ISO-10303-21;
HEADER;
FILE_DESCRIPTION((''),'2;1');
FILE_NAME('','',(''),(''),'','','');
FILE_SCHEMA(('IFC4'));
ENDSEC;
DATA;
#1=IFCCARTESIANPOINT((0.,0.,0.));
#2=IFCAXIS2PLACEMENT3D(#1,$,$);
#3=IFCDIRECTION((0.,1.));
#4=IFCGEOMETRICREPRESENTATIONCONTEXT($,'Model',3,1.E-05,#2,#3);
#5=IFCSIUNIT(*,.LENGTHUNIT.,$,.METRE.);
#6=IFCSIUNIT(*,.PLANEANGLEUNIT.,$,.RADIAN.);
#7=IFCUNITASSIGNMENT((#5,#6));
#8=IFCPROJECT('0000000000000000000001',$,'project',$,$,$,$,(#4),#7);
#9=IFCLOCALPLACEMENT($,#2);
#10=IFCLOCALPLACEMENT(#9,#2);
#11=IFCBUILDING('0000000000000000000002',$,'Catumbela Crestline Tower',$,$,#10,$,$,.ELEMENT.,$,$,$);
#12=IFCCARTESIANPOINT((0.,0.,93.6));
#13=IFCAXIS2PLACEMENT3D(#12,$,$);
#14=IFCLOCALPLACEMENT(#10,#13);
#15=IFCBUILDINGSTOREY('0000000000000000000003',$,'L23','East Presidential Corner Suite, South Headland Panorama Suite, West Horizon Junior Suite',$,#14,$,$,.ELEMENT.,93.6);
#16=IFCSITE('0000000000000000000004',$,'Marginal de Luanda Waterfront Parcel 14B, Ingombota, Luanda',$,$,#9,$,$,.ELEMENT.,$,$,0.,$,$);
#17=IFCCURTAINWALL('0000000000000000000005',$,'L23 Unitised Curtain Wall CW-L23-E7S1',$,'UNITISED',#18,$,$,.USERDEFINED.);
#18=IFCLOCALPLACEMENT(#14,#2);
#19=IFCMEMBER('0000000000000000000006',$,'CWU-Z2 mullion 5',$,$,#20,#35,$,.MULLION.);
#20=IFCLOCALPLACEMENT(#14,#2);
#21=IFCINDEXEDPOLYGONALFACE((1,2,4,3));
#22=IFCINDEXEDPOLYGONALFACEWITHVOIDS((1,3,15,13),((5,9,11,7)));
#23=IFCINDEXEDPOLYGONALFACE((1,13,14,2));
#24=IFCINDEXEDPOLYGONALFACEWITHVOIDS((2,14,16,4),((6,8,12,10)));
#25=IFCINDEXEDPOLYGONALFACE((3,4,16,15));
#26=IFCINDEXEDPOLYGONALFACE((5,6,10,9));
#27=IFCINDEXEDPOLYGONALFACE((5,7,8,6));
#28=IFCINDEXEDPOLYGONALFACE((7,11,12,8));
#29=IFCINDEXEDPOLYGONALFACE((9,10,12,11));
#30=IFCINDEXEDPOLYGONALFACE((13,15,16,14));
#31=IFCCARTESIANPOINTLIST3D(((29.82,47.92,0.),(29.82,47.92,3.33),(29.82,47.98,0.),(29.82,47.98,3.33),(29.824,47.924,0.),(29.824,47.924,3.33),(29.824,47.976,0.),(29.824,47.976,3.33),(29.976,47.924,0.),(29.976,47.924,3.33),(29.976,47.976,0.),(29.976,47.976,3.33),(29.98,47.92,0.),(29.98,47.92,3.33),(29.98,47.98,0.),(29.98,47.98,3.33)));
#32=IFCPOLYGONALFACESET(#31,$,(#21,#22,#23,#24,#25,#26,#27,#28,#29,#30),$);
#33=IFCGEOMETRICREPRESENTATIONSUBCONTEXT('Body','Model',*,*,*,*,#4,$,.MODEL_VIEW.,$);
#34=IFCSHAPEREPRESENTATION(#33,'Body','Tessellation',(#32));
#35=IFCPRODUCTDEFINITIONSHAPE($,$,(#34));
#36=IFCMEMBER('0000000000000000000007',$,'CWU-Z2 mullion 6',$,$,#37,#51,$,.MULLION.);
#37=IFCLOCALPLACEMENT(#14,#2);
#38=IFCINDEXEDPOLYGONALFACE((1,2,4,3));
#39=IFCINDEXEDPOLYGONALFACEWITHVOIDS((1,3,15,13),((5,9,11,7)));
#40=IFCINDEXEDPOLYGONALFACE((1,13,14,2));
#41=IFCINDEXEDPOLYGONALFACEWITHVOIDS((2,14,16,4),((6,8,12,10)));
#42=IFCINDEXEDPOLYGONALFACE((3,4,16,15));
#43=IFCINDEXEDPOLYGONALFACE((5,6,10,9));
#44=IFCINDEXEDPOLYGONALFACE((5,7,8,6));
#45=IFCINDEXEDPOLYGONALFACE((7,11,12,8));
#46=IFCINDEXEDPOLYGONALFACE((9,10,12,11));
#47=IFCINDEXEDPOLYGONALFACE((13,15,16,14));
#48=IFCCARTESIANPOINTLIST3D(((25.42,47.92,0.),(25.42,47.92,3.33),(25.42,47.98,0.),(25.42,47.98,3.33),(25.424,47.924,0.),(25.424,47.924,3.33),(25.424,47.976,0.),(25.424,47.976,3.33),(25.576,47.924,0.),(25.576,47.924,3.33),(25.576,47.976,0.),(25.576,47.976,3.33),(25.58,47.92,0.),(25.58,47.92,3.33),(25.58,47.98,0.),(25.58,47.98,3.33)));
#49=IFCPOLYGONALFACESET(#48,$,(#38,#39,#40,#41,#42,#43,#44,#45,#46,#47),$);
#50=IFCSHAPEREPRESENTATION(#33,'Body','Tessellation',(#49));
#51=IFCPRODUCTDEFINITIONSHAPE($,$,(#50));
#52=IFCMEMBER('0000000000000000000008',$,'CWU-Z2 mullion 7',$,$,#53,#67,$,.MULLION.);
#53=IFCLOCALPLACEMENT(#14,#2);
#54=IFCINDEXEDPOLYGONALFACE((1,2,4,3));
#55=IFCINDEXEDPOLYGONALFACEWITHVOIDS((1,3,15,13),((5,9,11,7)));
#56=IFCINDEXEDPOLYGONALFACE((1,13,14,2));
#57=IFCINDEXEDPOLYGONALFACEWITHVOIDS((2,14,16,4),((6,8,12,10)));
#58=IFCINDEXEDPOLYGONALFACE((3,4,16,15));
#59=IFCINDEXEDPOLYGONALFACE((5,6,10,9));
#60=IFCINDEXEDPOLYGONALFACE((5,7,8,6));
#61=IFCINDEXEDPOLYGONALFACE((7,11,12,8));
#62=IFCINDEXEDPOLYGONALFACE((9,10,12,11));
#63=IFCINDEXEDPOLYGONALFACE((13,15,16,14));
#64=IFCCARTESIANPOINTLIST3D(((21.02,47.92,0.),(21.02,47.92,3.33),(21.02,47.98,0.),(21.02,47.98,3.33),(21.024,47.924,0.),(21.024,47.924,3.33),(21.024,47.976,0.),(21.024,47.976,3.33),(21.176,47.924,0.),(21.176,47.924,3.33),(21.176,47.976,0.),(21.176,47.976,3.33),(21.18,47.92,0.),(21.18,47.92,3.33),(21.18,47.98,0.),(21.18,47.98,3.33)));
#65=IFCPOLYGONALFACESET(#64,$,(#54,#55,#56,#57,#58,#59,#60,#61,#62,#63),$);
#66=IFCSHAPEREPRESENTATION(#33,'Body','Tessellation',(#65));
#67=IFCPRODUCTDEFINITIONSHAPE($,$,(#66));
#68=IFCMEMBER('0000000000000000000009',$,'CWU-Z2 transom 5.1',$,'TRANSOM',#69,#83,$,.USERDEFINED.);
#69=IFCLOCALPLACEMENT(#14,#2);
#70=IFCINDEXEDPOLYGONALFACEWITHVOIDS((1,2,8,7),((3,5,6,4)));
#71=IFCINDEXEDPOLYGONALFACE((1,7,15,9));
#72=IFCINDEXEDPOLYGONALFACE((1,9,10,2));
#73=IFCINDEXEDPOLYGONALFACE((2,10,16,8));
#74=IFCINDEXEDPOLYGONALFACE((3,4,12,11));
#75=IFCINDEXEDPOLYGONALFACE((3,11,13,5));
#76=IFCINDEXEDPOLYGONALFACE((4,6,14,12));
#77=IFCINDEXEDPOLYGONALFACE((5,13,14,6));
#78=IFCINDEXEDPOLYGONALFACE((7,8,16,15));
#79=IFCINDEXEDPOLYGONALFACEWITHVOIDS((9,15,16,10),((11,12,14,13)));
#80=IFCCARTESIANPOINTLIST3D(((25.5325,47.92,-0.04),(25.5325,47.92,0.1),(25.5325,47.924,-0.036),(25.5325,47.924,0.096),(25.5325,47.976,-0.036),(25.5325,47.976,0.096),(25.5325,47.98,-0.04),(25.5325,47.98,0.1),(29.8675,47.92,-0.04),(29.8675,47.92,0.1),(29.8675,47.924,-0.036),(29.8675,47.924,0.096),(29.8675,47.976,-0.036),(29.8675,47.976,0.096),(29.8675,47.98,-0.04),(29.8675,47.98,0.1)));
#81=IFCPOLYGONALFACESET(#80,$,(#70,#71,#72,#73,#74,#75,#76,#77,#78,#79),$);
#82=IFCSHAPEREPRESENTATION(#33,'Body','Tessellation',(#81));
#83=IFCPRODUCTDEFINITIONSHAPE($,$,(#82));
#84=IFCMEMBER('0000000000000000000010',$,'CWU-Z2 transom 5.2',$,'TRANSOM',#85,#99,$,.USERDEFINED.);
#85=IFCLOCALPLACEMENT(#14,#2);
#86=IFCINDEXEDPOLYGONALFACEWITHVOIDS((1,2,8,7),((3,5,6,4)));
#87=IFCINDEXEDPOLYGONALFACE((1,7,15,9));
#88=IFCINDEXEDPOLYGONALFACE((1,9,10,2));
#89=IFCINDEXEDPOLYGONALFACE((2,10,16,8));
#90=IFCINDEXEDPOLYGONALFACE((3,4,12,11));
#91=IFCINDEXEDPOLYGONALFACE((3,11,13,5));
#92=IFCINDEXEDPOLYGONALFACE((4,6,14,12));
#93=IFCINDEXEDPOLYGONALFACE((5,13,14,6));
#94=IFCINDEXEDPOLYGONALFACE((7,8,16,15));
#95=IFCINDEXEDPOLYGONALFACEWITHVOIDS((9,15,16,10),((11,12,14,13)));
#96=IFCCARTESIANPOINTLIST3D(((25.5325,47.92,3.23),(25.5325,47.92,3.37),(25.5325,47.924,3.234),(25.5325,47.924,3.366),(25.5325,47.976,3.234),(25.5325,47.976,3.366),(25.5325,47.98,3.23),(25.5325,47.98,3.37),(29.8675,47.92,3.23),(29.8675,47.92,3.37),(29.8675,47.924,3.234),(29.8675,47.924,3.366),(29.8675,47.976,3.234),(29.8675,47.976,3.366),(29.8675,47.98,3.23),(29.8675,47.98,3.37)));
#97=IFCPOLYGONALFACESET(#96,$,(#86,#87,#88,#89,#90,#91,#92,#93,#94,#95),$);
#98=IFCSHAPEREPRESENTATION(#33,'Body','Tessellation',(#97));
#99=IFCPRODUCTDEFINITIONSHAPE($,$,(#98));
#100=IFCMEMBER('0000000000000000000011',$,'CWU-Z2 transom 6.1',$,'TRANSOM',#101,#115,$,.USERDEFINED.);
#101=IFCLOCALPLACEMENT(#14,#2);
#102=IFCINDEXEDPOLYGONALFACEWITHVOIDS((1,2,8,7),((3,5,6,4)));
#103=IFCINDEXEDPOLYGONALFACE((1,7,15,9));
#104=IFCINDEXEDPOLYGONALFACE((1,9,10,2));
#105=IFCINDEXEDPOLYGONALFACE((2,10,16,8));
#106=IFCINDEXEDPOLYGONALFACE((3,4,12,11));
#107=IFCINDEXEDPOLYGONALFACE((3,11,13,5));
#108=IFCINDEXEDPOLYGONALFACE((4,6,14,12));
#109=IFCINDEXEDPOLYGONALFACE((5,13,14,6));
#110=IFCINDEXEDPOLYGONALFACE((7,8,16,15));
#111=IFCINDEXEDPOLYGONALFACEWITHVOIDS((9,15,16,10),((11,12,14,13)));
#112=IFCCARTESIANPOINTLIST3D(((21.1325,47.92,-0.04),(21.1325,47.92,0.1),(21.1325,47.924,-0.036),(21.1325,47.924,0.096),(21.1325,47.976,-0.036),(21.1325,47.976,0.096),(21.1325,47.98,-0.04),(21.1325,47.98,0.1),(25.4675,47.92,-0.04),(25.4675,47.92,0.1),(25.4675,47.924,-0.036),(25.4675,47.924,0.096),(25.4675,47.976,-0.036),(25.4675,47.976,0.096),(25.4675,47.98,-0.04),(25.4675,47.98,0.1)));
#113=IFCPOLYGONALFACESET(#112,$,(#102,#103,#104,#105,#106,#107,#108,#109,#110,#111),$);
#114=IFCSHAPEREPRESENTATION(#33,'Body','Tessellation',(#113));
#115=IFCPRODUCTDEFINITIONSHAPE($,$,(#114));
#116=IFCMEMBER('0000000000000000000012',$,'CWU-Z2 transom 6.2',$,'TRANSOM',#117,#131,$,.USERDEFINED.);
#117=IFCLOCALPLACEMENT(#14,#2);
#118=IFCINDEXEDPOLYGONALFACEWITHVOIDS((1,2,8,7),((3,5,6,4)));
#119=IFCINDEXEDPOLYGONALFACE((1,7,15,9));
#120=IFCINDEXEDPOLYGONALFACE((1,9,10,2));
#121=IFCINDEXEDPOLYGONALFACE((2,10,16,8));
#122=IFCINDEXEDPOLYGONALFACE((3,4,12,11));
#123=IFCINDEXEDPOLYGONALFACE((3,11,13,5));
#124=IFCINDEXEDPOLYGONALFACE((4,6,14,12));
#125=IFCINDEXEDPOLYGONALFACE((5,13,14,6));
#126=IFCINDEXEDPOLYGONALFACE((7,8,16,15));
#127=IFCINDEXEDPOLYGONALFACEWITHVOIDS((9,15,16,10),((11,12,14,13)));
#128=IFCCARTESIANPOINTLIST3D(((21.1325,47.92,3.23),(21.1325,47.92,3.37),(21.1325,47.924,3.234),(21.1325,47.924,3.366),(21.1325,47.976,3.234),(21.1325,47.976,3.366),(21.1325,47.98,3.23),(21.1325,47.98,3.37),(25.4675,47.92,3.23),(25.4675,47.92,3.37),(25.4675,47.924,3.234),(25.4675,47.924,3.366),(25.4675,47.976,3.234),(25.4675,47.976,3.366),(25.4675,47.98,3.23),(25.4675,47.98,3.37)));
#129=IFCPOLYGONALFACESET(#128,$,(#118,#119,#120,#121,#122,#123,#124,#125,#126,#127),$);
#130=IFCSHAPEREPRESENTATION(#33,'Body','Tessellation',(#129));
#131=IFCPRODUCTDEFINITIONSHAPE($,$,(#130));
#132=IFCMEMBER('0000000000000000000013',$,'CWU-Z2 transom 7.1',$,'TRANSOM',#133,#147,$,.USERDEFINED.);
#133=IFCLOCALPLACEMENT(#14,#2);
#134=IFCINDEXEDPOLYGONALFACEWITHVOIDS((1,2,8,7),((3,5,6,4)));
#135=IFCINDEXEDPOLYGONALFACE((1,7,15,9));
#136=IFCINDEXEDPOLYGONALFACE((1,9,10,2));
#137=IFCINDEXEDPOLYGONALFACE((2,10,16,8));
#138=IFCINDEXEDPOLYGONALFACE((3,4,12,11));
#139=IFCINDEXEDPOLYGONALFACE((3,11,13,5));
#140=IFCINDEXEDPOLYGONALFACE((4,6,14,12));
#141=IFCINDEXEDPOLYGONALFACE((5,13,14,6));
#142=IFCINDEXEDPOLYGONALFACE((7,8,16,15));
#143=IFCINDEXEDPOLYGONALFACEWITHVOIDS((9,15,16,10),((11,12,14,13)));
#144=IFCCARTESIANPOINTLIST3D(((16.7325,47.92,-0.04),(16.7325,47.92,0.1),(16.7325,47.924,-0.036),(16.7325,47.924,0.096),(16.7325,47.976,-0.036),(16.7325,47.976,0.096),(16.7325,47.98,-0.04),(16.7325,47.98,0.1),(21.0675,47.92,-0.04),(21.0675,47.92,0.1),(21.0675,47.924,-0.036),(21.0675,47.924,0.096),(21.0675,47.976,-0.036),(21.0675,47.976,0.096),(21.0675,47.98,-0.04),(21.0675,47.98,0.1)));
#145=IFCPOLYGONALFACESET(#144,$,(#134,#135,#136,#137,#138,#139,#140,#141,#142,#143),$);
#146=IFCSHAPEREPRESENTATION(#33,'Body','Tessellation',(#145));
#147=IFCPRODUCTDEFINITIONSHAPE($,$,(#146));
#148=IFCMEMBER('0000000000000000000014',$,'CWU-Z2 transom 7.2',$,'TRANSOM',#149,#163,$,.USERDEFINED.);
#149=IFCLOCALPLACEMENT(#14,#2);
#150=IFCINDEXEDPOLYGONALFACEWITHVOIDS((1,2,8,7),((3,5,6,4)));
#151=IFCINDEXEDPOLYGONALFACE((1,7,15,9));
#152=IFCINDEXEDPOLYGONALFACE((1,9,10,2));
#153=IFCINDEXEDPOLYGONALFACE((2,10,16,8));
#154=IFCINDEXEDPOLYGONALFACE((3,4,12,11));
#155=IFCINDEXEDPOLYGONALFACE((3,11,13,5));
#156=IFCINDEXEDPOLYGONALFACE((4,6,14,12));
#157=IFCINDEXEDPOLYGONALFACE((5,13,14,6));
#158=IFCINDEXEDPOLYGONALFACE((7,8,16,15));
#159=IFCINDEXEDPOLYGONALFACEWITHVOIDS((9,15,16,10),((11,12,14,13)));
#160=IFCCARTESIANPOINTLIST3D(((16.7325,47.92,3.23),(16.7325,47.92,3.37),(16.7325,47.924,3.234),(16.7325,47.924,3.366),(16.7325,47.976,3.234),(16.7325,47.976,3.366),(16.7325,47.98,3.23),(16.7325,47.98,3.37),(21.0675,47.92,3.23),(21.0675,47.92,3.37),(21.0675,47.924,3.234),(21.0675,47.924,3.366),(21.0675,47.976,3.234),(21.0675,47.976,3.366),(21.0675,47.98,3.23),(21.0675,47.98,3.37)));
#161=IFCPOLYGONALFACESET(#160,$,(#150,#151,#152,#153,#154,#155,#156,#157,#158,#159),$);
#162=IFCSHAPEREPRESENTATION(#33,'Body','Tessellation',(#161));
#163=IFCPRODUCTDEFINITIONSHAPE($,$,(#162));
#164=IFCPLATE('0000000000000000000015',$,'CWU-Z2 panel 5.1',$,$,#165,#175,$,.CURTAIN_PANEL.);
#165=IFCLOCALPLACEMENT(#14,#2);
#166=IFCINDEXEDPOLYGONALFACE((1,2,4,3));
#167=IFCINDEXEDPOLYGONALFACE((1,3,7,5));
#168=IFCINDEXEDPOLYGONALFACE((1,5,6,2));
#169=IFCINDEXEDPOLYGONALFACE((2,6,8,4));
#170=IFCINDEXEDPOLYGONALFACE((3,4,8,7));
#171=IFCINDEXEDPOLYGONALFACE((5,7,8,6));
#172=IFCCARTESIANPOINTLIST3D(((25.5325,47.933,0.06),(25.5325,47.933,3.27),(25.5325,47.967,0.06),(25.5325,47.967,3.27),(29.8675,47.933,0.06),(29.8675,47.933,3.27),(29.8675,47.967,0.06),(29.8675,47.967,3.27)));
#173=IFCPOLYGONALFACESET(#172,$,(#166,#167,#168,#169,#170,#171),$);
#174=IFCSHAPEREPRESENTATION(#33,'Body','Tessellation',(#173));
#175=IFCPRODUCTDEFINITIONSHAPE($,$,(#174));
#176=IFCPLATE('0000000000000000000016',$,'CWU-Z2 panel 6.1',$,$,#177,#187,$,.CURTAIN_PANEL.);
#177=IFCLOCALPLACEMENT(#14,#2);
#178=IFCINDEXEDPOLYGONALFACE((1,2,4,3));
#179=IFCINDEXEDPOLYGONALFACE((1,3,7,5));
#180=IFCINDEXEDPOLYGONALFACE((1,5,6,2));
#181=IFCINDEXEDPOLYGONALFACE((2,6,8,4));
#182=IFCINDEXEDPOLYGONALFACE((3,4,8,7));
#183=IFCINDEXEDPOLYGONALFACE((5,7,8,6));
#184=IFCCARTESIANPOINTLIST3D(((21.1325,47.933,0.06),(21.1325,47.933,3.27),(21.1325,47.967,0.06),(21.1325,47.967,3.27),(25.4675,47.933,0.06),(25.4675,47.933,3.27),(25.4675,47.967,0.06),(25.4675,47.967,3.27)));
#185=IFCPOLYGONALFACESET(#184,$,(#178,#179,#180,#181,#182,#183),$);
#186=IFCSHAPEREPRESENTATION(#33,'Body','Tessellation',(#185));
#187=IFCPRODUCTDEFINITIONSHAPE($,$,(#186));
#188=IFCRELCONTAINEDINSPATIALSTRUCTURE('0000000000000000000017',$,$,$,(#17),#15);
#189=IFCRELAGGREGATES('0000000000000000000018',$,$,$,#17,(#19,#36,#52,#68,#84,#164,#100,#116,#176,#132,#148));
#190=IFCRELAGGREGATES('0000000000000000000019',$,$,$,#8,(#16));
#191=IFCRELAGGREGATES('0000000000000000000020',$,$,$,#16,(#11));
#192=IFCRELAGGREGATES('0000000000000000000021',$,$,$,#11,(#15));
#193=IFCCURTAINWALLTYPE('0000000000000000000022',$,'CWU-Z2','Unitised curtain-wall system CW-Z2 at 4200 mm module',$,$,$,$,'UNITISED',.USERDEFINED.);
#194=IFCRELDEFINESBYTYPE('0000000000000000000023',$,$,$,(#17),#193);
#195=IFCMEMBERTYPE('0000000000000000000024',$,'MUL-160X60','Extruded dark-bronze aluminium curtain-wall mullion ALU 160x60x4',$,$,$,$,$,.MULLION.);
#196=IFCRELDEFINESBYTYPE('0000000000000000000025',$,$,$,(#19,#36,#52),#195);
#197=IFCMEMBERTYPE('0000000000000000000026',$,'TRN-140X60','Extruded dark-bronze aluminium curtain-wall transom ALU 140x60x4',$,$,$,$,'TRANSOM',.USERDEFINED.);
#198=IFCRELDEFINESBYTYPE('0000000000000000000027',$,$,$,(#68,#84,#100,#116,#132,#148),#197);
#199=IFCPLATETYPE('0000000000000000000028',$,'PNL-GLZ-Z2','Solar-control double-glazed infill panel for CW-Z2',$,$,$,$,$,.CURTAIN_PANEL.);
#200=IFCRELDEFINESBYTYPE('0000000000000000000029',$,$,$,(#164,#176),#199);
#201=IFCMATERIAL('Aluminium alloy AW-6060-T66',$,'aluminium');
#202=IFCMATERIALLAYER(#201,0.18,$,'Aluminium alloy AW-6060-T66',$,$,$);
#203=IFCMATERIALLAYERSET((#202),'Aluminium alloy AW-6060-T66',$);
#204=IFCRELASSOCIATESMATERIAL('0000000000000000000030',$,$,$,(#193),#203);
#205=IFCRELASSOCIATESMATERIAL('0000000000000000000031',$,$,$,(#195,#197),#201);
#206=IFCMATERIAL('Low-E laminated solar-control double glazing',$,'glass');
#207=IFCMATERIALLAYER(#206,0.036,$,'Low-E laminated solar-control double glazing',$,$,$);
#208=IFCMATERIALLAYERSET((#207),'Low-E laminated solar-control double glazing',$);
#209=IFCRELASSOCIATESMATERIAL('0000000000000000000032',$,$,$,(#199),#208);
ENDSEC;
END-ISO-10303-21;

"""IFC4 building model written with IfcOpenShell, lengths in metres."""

from ifc_helpers import new_model, si_unit, direction, frame, origin, origin_2d, place, context, subcontext, project, spatial, rectangle, hollow_rectangle, extrude, material, layer, layer_set, material_profile, profile_set, type_object, element, aggregate, save


model = new_model("IFC4")

# Units and contexts
model_context = context("Model", 3, precision=1e-05, world=origin(), true_north=direction((0.0, 1.0)))
body_context = subcontext(model_context, "Body", "Model", "MODEL_VIEW")
ifc_project = project(units=[si_unit("LENGTHUNIT", "METRE"), si_unit("PLANEANGLEUNIT", "RADIAN")], contexts=[model_context])

# Site, building, storey
site_placement = place(None, origin())
site = spatial("IfcSite", under=ifc_project, at=site_placement, Name="Marginal de Luanda Waterfront Parcel 14B, Ingombota, Luanda", CompositionType="ELEMENT", RefElevation=0.0)
building_placement = place(site_placement, origin())
building = spatial("IfcBuilding", under=site, at=building_placement, Name="Catumbela Crestline Tower", CompositionType="ELEMENT")
storey_placement = place(building_placement, frame((0.0, 0.0, 93.6)))
storey = spatial("IfcBuildingStorey", under=building, at=storey_placement, Name="L23", Description="East Presidential Corner Suite, South Headland Panorama Suite, West Horizon Junior Suite", CompositionType="ELEMENT", Elevation=93.6)

# Curtain wall, members, plates
ifc_material_1 = material(Name="Aluminium alloy AW-6060-T66", Category="aluminium")
ifc_layer_1 = layer(ifc_material_1, 0.18, Name="Aluminium alloy AW-6060-T66")
ifc_layer_set_1 = layer_set([ifc_layer_1], Name="Aluminium alloy AW-6060-T66")
curtain_wall_type = type_object("IfcCurtainWallType", Name="CWU-Z2", Description="Unitised curtain-wall system CW-Z2 at 4200 mm module", ElementType="UNITISED", PredefinedType="USERDEFINED", material=ifc_layer_set_1)
curtain_wall_placement = place(storey_placement, origin())
curtain_wall = element("IfcCurtainWall", 1, at=curtain_wall_placement, inside=storey, type_object=curtain_wall_type, Name="L23 Unitised Curtain Wall CW-L23-E7S1", ObjectType="UNITISED", PredefinedType="USERDEFINED")
ifc_material_profile_1 = material_profile(ifc_material_1, hollow_rectangle(XDim=0.06, YDim=0.16, WallThickness=0.004, at=origin_2d()), Name="ALU 160x60x4")
ifc_profile_set_1 = profile_set([ifc_material_profile_1], Name="Aluminium alloy AW-6060-T66")
member_type_1 = type_object("IfcMemberType", Name="MUL-160X60", Description="Extruded dark-bronze aluminium curtain-wall mullion ALU 160x60x4", PredefinedType="MULLION", material=ifc_profile_set_1)
member_1_placement = place(storey_placement, frame((29.9, 47.95, 0.0), z_axis=(0.0, 0.0, 1.0), x_axis=(0.0, -1.0, 0.0)))
member_1 = element("IfcMember", 2, at=member_1_placement, type_object=member_type_1, Name="CWU-Z2 mullion 5", PredefinedType="MULLION", context=body_context, shape_type="SweptSolid", body=[
    extrude(hollow_rectangle(XDim=0.06, YDim=0.16, WallThickness=0.004, at=origin_2d()), origin(), (0.0, 0.0, 1.0), 3.33),
])
member_2_placement = place(storey_placement, frame((25.5, 47.95, 0.0), z_axis=(0.0, 0.0, 1.0), x_axis=(0.0, -1.0, 0.0)))
member_2 = element("IfcMember", 3, at=member_2_placement, type_object=member_type_1, Name="CWU-Z2 mullion 6", PredefinedType="MULLION", context=body_context, shape_type="SweptSolid", body=[
    extrude(hollow_rectangle(XDim=0.06, YDim=0.16, WallThickness=0.004, at=origin_2d()), origin(), (0.0, 0.0, 1.0), 3.33),
])
member_3_placement = place(storey_placement, frame((21.1, 47.95, 0.0), z_axis=(0.0, 0.0, 1.0), x_axis=(0.0, -1.0, 0.0)))
member_3 = element("IfcMember", 4, at=member_3_placement, type_object=member_type_1, Name="CWU-Z2 mullion 7", PredefinedType="MULLION", context=body_context, shape_type="SweptSolid", body=[
    extrude(hollow_rectangle(XDim=0.06, YDim=0.16, WallThickness=0.004, at=origin_2d()), origin(), (0.0, 0.0, 1.0), 3.33),
])
ifc_material_profile_2 = material_profile(ifc_material_1, hollow_rectangle(XDim=0.06, YDim=0.14, WallThickness=0.004, at=origin_2d()), Name="ALU 140x60x4")
ifc_profile_set_2 = profile_set([ifc_material_profile_2], Name="Aluminium alloy AW-6060-T66")
member_type_2 = type_object("IfcMemberType", Name="TRN-140X60", Description="Extruded dark-bronze aluminium curtain-wall transom ALU 140x60x4", ElementType="TRANSOM", PredefinedType="USERDEFINED", material=ifc_profile_set_2)
member_4_placement = place(storey_placement, frame((29.8675, 47.95, 0.03), z_axis=(-1.0, 0.0, 0.0), x_axis=(0.0, -1.0, 0.0)))
member_4 = element("IfcMember", 5, at=member_4_placement, type_object=member_type_2, Name="CWU-Z2 transom 5.1", ObjectType="TRANSOM", PredefinedType="USERDEFINED", context=body_context, shape_type="SweptSolid", body=[
    extrude(hollow_rectangle(XDim=0.06, YDim=0.14, WallThickness=0.004, at=origin_2d()), origin(), (0.0, 0.0, 1.0), 4.335),
])
member_5_placement = place(storey_placement, frame((29.8675, 47.95, 3.3), z_axis=(-1.0, 0.0, 0.0), x_axis=(0.0, -1.0, 0.0)))
member_5 = element("IfcMember", 6, at=member_5_placement, type_object=member_type_2, Name="CWU-Z2 transom 5.2", ObjectType="TRANSOM", PredefinedType="USERDEFINED", context=body_context, shape_type="SweptSolid", body=[
    extrude(hollow_rectangle(XDim=0.06, YDim=0.14, WallThickness=0.004, at=origin_2d()), origin(), (0.0, 0.0, 1.0), 4.335),
])
member_6_placement = place(storey_placement, frame((25.4675, 47.95, 0.03), z_axis=(-1.0, 0.0, 0.0), x_axis=(0.0, -1.0, 0.0)))
member_6 = element("IfcMember", 7, at=member_6_placement, type_object=member_type_2, Name="CWU-Z2 transom 6.1", ObjectType="TRANSOM", PredefinedType="USERDEFINED", context=body_context, shape_type="SweptSolid", body=[
    extrude(hollow_rectangle(XDim=0.06, YDim=0.14, WallThickness=0.004, at=origin_2d()), origin(), (0.0, 0.0, 1.0), 4.335),
])
member_7_placement = place(storey_placement, frame((25.4675, 47.95, 3.3), z_axis=(-1.0, 0.0, 0.0), x_axis=(0.0, -1.0, 0.0)))
member_7 = element("IfcMember", 8, at=member_7_placement, type_object=member_type_2, Name="CWU-Z2 transom 6.2", ObjectType="TRANSOM", PredefinedType="USERDEFINED", context=body_context, shape_type="SweptSolid", body=[
    extrude(hollow_rectangle(XDim=0.06, YDim=0.14, WallThickness=0.004, at=origin_2d()), origin(), (0.0, 0.0, 1.0), 4.335),
])
member_8_placement = place(storey_placement, frame((21.0675, 47.95, 0.03), z_axis=(-1.0, 0.0, 0.0), x_axis=(0.0, -1.0, 0.0)))
member_8 = element("IfcMember", 9, at=member_8_placement, type_object=member_type_2, Name="CWU-Z2 transom 7.1", ObjectType="TRANSOM", PredefinedType="USERDEFINED", context=body_context, shape_type="SweptSolid", body=[
    extrude(hollow_rectangle(XDim=0.06, YDim=0.14, WallThickness=0.004, at=origin_2d()), origin(), (0.0, 0.0, 1.0), 4.335),
])
member_9_placement = place(storey_placement, frame((21.0675, 47.95, 3.3), z_axis=(-1.0, 0.0, 0.0), x_axis=(0.0, -1.0, 0.0)))
member_9 = element("IfcMember", 10, at=member_9_placement, type_object=member_type_2, Name="CWU-Z2 transom 7.2", ObjectType="TRANSOM", PredefinedType="USERDEFINED", context=body_context, shape_type="SweptSolid", body=[
    extrude(hollow_rectangle(XDim=0.06, YDim=0.14, WallThickness=0.004, at=origin_2d()), origin(), (0.0, 0.0, 1.0), 4.335),
])
ifc_material_2 = material(Name="Low-E laminated solar-control double glazing", Category="glass")
ifc_layer_2 = layer(ifc_material_2, 0.036, Name="Low-E laminated solar-control double glazing")
ifc_layer_set_2 = layer_set([ifc_layer_2], Name="Low-E laminated solar-control double glazing")
plate_type = type_object("IfcPlateType", Name="PNL-GLZ-Z2", Description="Solar-control double-glazed infill panel for CW-Z2", PredefinedType="CURTAIN_PANEL", material=ifc_layer_set_2)
plate_1_placement = place(storey_placement, frame((27.7, 47.95, 0.06), z_axis=(0.0, 0.0, 1.0), x_axis=(-1.0, 0.0, 0.0)))
plate_1 = element("IfcPlate", 11, at=plate_1_placement, type_object=plate_type, Name="CWU-Z2 panel 5.1", PredefinedType="CURTAIN_PANEL", context=body_context, shape_type="SweptSolid", body=[
    extrude(rectangle(XDim=4.335, YDim=0.034, at=origin_2d()), origin(), (0.0, 0.0, 1.0), 3.21),
])
plate_2_placement = place(storey_placement, frame((23.3, 47.95, 0.06), z_axis=(0.0, 0.0, 1.0), x_axis=(-1.0, 0.0, 0.0)))
plate_2 = element("IfcPlate", 12, at=plate_2_placement, type_object=plate_type, Name="CWU-Z2 panel 6.1", PredefinedType="CURTAIN_PANEL", context=body_context, shape_type="SweptSolid", body=[
    extrude(rectangle(XDim=4.335, YDim=0.034, at=origin_2d()), origin(), (0.0, 0.0, 1.0), 3.21),
])
aggregate(curtain_wall, [member_1, member_2, member_3, member_4, member_5, plate_1, member_6, member_7, plate_2, member_8, member_9])

save(model, "model.ifc")
